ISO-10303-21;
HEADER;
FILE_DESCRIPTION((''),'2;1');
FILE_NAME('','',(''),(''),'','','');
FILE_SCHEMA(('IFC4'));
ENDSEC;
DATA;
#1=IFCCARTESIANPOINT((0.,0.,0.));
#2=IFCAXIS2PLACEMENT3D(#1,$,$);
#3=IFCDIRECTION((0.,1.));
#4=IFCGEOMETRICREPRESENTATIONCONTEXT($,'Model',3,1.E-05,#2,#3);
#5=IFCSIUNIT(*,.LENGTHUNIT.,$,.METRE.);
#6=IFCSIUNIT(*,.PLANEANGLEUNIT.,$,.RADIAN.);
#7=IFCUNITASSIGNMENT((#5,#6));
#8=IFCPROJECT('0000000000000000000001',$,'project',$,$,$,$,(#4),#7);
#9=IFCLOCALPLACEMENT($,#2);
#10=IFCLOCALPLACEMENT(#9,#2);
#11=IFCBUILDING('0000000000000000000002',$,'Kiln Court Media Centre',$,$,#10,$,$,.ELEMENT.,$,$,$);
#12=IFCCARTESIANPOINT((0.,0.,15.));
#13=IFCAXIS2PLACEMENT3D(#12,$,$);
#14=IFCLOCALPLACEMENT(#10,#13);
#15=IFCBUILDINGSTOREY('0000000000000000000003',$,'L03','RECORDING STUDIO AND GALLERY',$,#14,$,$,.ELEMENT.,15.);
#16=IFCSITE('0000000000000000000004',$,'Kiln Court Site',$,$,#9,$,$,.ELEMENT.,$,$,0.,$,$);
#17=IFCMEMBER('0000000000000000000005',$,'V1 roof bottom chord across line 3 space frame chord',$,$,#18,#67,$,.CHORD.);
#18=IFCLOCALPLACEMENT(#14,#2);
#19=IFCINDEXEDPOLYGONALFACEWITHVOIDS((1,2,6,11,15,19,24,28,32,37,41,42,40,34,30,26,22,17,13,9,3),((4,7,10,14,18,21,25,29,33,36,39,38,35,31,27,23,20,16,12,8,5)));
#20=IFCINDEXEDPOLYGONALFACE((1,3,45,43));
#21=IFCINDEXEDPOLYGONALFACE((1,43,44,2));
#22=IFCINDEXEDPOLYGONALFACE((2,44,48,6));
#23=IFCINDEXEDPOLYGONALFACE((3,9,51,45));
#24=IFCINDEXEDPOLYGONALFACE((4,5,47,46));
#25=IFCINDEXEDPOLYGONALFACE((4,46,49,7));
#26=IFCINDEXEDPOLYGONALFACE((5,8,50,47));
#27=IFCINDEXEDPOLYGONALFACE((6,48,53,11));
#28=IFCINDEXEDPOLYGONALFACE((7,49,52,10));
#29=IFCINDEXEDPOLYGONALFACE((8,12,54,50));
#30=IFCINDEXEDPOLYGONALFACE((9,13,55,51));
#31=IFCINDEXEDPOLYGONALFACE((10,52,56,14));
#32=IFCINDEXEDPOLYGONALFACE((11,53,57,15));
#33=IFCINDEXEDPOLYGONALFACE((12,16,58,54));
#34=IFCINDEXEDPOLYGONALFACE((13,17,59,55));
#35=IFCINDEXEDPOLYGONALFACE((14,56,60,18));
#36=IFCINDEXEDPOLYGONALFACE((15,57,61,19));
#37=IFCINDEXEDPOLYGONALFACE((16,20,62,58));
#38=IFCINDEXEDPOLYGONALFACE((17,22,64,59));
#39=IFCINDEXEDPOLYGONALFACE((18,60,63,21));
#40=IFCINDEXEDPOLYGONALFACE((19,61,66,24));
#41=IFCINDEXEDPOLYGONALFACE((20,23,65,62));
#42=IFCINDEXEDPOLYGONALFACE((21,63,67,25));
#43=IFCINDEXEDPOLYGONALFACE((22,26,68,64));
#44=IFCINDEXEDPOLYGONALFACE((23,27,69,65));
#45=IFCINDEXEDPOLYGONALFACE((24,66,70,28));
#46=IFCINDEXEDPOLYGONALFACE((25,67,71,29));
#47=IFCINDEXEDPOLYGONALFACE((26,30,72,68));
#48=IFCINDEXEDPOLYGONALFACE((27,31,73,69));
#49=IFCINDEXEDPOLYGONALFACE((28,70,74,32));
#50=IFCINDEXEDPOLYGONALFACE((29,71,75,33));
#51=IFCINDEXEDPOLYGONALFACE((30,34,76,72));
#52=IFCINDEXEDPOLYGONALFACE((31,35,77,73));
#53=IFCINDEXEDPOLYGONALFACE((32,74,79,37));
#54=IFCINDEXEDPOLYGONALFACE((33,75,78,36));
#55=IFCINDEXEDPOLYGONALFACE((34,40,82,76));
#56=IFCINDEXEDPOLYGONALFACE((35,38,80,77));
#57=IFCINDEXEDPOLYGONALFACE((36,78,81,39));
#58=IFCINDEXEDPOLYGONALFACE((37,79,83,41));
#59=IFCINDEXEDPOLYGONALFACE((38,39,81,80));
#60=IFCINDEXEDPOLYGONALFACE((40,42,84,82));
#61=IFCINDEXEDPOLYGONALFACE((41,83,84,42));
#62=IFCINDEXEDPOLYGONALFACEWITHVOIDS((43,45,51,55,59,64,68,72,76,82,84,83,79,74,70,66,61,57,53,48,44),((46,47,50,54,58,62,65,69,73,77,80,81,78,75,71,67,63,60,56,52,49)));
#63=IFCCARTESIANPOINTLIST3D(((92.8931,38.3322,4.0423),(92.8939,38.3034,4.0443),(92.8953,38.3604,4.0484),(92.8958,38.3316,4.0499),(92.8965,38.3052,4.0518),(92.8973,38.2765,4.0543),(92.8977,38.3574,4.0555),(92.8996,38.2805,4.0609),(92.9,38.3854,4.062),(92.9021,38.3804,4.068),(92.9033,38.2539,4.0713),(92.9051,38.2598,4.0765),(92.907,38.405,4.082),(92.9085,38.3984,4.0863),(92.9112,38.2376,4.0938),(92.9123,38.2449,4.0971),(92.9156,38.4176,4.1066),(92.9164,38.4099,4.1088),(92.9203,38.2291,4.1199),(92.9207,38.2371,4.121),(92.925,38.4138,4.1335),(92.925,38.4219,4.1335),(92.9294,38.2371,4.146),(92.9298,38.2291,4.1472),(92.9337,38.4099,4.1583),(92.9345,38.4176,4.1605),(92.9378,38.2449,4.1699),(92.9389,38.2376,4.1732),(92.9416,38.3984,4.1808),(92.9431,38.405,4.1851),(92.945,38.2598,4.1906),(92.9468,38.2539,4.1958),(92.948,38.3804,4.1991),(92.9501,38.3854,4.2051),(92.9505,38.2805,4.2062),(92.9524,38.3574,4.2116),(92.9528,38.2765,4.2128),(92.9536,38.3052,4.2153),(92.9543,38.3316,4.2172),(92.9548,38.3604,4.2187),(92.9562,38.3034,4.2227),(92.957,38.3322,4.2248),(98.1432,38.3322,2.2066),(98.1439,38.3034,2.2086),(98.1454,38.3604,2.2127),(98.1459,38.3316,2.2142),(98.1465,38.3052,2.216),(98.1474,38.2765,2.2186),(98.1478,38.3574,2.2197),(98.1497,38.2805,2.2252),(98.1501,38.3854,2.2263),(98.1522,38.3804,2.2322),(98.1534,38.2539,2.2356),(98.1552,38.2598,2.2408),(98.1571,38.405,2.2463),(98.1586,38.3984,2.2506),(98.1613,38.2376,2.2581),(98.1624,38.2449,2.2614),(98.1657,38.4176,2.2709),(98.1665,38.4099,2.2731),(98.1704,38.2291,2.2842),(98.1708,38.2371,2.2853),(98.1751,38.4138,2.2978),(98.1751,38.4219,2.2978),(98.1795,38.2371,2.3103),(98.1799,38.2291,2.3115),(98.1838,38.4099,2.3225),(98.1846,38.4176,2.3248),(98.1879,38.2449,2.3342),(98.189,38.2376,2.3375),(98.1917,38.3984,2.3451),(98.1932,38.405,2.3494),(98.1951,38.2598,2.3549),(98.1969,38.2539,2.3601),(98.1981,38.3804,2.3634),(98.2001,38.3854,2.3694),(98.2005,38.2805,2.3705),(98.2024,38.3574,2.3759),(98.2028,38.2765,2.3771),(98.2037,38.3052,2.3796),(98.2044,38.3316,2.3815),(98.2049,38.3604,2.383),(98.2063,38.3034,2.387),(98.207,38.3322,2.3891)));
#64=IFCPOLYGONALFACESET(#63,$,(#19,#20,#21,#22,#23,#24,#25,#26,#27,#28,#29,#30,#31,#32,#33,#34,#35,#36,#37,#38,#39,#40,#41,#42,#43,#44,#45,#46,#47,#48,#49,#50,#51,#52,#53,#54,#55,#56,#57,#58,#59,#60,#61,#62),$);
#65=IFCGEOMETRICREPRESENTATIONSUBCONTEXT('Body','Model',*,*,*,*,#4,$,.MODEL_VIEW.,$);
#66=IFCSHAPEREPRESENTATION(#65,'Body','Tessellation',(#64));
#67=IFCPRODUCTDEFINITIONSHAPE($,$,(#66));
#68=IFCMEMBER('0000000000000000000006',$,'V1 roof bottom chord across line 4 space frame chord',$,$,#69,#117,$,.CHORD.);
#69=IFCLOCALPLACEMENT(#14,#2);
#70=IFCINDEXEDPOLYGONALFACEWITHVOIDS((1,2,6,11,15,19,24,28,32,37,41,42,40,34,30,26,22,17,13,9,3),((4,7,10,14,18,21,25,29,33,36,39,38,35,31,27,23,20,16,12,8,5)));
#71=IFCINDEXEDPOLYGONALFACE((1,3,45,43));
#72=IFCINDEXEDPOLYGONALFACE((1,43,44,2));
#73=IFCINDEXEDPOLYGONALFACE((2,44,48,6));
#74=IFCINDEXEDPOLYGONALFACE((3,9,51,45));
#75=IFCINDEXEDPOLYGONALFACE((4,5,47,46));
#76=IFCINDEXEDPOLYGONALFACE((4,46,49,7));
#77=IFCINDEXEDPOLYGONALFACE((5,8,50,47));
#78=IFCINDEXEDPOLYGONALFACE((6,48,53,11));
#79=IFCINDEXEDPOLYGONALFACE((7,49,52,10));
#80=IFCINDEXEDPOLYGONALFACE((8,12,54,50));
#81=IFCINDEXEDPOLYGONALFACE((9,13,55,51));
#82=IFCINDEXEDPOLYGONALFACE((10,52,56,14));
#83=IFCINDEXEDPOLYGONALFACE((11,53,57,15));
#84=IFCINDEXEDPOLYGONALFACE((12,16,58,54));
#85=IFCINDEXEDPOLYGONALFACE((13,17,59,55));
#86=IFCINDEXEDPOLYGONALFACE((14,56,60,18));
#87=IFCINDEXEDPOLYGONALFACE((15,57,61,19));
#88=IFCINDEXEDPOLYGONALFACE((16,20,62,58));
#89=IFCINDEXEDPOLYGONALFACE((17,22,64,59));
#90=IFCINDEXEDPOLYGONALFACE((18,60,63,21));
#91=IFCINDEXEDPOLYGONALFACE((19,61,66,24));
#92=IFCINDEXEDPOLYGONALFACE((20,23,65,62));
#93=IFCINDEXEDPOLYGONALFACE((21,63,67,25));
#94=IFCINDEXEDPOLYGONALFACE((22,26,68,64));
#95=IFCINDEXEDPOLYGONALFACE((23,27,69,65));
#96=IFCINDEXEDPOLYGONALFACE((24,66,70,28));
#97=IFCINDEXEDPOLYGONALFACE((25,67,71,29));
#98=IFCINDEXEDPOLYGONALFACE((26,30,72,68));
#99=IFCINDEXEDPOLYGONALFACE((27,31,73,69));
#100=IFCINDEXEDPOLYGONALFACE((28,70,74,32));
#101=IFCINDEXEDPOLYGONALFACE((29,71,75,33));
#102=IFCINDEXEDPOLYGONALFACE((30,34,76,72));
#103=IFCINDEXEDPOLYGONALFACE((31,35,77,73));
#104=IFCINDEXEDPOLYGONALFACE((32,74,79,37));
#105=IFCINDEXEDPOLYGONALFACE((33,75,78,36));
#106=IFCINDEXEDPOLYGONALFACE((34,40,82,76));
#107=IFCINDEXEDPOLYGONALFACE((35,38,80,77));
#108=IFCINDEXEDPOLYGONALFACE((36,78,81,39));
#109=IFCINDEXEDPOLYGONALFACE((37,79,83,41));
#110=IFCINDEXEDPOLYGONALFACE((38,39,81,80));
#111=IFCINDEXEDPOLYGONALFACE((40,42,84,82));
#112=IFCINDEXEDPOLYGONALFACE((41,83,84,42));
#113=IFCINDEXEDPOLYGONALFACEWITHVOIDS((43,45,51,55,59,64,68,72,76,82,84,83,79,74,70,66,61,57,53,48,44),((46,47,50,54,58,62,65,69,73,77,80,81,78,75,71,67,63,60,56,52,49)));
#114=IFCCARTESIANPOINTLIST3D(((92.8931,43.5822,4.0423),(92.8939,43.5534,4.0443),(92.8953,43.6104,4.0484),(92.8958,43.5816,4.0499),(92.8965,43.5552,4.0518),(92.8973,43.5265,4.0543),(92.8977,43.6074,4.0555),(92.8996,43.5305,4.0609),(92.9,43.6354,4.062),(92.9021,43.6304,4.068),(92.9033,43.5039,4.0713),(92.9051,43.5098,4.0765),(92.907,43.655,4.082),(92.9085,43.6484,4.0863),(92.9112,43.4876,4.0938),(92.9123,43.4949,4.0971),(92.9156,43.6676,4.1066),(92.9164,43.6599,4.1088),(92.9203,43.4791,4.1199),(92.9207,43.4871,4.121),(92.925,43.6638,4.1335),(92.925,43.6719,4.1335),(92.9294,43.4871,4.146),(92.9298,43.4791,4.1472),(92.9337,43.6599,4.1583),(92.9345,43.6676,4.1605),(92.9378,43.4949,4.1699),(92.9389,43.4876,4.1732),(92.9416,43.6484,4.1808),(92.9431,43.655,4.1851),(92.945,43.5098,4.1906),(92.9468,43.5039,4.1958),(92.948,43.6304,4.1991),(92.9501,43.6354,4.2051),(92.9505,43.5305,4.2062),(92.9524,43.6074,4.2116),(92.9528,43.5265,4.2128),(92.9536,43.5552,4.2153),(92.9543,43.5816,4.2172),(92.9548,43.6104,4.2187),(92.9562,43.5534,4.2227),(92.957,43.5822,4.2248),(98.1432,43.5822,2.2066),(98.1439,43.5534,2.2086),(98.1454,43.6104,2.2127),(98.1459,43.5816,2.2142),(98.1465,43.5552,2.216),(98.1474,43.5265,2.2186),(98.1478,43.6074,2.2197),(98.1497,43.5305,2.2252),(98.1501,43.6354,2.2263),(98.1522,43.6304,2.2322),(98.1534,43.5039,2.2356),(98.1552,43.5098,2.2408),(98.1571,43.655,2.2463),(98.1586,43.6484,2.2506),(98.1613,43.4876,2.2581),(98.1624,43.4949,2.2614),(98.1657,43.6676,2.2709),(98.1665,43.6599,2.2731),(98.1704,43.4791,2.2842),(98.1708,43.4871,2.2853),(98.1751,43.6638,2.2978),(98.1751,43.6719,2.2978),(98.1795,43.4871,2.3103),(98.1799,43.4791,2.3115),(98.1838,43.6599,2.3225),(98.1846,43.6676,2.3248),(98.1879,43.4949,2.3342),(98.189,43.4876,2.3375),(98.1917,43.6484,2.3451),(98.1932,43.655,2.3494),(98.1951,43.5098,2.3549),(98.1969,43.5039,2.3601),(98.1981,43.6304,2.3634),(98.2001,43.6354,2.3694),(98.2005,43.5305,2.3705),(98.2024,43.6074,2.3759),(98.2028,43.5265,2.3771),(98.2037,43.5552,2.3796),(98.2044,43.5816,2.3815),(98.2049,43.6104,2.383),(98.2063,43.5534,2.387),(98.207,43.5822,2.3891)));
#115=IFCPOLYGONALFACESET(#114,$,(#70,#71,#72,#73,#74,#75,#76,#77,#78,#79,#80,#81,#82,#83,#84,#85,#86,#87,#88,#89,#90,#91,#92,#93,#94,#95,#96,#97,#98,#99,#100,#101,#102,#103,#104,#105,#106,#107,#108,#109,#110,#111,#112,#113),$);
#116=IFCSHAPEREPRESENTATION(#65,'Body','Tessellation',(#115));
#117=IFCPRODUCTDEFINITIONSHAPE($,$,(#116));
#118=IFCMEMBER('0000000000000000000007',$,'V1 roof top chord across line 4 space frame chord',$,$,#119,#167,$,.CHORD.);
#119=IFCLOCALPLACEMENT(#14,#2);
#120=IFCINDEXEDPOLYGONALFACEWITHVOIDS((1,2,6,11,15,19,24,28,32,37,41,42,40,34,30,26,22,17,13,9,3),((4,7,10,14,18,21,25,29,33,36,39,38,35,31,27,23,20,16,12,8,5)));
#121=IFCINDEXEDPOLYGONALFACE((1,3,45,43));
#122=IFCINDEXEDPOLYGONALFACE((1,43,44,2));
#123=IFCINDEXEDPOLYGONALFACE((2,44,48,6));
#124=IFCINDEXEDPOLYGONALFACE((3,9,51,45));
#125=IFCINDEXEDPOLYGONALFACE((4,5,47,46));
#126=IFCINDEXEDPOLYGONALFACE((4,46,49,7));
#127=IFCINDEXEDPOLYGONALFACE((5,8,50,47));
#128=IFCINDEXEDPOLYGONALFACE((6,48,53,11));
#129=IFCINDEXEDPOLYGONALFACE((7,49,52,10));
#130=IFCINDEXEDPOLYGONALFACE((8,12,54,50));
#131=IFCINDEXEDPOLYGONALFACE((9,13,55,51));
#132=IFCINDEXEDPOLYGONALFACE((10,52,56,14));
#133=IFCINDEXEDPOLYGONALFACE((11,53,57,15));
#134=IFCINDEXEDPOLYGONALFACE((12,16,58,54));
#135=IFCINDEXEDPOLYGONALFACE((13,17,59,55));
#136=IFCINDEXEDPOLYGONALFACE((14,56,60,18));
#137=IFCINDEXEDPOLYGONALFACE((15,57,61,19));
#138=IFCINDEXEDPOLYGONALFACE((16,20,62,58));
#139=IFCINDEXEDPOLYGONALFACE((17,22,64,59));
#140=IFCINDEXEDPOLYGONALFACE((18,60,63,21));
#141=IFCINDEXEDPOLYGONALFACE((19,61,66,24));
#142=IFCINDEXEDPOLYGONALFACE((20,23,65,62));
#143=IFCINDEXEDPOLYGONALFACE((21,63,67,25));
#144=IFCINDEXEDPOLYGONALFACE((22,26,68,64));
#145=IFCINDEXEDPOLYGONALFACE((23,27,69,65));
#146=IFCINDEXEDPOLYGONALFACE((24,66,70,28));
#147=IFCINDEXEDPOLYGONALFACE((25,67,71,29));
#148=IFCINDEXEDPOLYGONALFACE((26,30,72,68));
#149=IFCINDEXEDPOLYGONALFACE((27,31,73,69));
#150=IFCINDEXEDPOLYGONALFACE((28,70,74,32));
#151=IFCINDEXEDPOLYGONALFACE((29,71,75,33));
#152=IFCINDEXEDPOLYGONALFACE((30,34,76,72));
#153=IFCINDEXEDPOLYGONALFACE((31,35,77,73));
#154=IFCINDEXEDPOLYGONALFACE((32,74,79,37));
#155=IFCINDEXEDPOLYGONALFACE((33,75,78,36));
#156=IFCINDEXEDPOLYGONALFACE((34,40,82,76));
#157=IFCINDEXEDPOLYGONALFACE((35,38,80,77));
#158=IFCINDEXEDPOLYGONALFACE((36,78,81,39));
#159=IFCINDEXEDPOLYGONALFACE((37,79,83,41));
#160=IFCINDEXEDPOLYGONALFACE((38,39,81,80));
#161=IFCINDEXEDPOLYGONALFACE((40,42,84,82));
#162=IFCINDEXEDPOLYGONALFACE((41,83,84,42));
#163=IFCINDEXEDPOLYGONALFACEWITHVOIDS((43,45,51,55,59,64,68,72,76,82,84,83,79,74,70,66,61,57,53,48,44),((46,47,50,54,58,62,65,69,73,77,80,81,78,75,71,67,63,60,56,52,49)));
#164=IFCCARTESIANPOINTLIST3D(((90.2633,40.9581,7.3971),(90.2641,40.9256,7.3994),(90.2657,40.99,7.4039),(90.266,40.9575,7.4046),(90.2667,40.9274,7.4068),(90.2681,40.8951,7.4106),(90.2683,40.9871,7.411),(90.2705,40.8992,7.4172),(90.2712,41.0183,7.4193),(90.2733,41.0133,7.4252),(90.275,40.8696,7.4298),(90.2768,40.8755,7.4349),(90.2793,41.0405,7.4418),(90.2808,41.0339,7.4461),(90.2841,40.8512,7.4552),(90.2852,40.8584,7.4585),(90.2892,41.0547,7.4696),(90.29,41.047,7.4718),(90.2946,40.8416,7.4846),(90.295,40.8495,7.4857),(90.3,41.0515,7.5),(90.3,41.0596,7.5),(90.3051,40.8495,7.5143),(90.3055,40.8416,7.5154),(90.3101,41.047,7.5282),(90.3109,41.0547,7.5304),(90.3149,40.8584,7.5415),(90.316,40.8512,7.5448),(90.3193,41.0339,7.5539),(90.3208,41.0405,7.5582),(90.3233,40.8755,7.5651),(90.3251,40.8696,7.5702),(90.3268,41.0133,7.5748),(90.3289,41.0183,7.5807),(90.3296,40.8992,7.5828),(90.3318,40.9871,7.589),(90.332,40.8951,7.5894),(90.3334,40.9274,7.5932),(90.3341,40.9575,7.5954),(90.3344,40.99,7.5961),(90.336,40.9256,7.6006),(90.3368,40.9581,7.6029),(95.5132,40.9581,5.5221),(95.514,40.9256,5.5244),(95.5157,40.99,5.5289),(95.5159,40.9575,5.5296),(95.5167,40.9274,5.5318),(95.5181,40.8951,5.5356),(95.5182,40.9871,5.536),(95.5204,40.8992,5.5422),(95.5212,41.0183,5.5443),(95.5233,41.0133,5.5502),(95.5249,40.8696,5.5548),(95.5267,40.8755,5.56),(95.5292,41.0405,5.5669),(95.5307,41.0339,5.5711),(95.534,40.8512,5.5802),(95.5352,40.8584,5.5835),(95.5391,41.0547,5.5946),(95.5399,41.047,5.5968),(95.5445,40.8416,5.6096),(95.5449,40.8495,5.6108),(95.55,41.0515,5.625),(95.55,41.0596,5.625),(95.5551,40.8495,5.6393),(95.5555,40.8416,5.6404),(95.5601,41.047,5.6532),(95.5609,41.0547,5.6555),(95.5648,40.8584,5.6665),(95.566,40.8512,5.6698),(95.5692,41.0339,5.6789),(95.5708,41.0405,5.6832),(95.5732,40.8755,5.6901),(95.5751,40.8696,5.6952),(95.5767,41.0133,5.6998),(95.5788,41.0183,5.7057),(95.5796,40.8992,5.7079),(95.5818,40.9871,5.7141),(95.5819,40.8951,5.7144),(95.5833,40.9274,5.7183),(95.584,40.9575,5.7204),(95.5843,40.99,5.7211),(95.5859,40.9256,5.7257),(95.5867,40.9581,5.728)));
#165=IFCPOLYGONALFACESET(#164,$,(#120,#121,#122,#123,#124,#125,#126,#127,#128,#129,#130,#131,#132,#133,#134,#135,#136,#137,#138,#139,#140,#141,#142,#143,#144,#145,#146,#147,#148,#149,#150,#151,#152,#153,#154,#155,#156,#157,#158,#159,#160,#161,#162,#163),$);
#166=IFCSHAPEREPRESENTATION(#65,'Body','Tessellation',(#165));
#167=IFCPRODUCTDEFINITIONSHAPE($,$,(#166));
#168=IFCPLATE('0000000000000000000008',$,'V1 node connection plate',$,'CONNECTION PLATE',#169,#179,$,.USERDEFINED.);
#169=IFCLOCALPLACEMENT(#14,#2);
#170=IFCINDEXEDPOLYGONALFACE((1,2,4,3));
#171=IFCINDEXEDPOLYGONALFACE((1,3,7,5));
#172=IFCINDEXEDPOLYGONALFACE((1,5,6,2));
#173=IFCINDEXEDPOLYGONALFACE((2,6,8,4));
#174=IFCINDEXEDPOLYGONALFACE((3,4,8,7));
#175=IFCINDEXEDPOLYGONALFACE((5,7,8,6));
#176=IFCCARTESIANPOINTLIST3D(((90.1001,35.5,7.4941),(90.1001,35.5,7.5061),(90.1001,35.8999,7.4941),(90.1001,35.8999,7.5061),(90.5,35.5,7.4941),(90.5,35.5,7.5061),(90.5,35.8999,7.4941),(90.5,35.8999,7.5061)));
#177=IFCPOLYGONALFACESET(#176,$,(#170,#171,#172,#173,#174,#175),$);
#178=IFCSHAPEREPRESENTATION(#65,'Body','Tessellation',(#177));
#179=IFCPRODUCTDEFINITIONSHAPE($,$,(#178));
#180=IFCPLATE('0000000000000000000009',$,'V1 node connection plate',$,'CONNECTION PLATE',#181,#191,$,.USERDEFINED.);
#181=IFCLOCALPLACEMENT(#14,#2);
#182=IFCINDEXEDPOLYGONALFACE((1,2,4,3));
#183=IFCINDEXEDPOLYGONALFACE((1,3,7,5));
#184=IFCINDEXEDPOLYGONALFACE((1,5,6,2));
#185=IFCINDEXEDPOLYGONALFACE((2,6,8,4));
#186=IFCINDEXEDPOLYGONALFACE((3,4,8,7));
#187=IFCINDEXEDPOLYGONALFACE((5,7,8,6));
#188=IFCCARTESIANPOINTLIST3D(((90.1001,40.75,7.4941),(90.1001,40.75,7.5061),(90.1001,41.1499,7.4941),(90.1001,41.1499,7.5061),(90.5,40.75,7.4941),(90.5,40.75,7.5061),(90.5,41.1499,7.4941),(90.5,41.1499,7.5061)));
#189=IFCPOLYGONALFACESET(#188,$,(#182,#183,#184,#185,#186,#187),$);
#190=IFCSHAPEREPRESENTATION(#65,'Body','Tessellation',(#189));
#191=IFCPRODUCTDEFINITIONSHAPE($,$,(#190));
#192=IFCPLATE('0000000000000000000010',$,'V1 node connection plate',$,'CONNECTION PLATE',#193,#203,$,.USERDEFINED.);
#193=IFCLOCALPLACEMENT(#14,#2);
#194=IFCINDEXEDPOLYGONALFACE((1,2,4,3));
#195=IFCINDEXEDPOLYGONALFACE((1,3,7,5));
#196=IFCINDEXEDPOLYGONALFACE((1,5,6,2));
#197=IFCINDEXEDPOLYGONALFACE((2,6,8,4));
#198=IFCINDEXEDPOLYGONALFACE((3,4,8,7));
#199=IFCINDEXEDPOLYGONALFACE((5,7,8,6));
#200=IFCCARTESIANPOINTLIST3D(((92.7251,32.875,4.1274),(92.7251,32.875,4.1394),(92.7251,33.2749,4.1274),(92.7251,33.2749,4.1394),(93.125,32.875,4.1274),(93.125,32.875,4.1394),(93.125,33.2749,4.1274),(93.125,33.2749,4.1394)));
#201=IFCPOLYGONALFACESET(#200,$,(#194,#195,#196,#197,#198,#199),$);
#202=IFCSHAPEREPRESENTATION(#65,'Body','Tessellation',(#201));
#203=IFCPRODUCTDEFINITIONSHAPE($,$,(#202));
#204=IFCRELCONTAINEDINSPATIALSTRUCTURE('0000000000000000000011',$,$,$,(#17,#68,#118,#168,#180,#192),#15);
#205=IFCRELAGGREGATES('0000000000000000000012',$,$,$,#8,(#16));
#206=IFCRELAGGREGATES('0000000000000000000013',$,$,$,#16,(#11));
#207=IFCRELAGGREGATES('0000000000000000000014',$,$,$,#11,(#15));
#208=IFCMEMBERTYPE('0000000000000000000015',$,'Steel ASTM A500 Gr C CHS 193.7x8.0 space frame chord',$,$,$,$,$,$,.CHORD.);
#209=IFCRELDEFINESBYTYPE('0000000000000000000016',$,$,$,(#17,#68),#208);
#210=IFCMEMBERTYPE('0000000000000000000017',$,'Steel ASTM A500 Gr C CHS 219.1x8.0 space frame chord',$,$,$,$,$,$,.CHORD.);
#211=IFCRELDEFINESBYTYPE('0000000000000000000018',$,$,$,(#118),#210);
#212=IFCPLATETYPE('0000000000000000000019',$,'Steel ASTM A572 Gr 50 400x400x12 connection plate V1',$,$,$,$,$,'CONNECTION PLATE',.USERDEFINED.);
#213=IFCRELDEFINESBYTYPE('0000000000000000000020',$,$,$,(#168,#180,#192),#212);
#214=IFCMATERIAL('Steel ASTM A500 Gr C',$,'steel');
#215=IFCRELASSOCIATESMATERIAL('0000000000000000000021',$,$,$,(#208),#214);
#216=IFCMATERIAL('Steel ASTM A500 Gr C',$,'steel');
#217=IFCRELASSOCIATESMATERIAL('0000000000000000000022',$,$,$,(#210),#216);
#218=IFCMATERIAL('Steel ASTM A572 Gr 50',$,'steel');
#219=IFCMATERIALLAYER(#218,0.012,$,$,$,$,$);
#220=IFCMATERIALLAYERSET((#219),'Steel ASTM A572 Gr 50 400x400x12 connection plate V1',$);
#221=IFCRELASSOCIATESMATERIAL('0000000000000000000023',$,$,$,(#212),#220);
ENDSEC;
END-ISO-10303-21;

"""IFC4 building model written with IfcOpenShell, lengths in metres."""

from ifc_helpers import new_model, si_unit, direction, frame, origin, origin_2d, place, context, subcontext, project, spatial, rectangle, hollow_circle, extrude, material, layer, layer_set, material_profile, profile_set, type_object, element, save


model = new_model("IFC4")

# Units and contexts
model_context = context("Model", 3, precision=1e-05, world=origin(), true_north=direction((0.0, 1.0)))
body_context = subcontext(model_context, "Body", "Model", "MODEL_VIEW")
ifc_project = project(units=[si_unit("LENGTHUNIT", "METRE"), si_unit("PLANEANGLEUNIT", "RADIAN")], contexts=[model_context])

# Site, building, storey
site_placement = place(None, origin())
site = spatial("IfcSite", under=ifc_project, at=site_placement, Name="Kiln Court Site", CompositionType="ELEMENT", RefElevation=0.0)
building_placement = place(site_placement, origin())
building = spatial("IfcBuilding", under=site, at=building_placement, Name="Kiln Court Media Centre", CompositionType="ELEMENT")
storey_placement = place(building_placement, frame((0.0, 0.0, 15.0)))
storey = spatial("IfcBuildingStorey", under=building, at=storey_placement, Name="L03", Description="RECORDING STUDIO AND GALLERY", CompositionType="ELEMENT", Elevation=15.0)

# Members
ifc_material_1 = material(Name="Steel ASTM A500 Gr C", Category="steel")
ifc_material_profile_1 = material_profile(ifc_material_1, hollow_circle(Radius=0.0969, WallThickness=0.0081, at=origin_2d()), Name="CHS 193.7x8.0")
ifc_profile_set_1 = profile_set([ifc_material_profile_1], Name="Steel ASTM A500 Gr C")
member_type_1 = type_object("IfcMemberType", Name="Steel ASTM A500 Gr C CHS 193.7x8.0 space frame chord", PredefinedType="CHORD", material=ifc_profile_set_1)
for number, where, z_axis, x_axis, name in (
    (1, (92.925, 38.325, 4.1335), (0.94396, 0.0, -0.330061), (0.0, 1.0, 0.0), "V1 roof bottom chord across line 3 space frame chord"),
    (2, (92.925, 43.575, 4.1335), (0.94396, 0.0, -0.330061), (0.0, 1.0, 0.0), "V1 roof bottom chord across line 4 space frame chord"),
):
    element("IfcMember", number, at=place(storey_placement, frame(where, z_axis=z_axis, x_axis=x_axis)), inside=storey, type_object=member_type_1, Name=name, PredefinedType="CHORD", context=body_context, shape_type="SweptSolid", body=[
        extrude(hollow_circle(Radius=0.0969, WallThickness=0.0081, at=origin_2d()), origin(), (0.0, 0.0, 1.0), 5.5618),
    ])
ifc_material_2 = material(Name="Steel ASTM A500 Gr C", Category="steel")
ifc_material_profile_2 = material_profile(ifc_material_2, hollow_circle(Radius=0.1096, WallThickness=0.0081, at=origin_2d()), Name="CHS 219.1x8.0")
ifc_profile_set_2 = profile_set([ifc_material_profile_2], Name="Steel ASTM A500 Gr C")
member_type_2 = type_object("IfcMemberType", Name="Steel ASTM A500 Gr C CHS 219.1x8.0 space frame chord", PredefinedType="CHORD", material=ifc_profile_set_2)
member_1_placement = place(storey_placement, frame((90.3, 40.95, 7.5), z_axis=(0.941742, 0.0, -0.336336), x_axis=(0.0, 1.0, 0.0)))
element("IfcMember", 3, at=member_1_placement, inside=storey, type_object=member_type_2, Name="V1 roof top chord across line 4 space frame chord", PredefinedType="CHORD", context=body_context, shape_type="SweptSolid", body=[
    extrude(hollow_circle(Radius=0.1096, WallThickness=0.0081, at=origin_2d()), origin(), (0.0, 0.0, 1.0), 5.5747),
])

# Plates
ifc_material_3 = material(Name="Steel ASTM A572 Gr 50", Category="steel")
ifc_layer_1 = layer(ifc_material_3, 0.012)
ifc_layer_set_1 = layer_set([ifc_layer_1], Name="Steel ASTM A572 Gr 50 400x400x12 connection plate V1")
plate_type = type_object("IfcPlateType", Name="Steel ASTM A572 Gr 50 400x400x12 connection plate V1", ElementType="CONNECTION PLATE", PredefinedType="USERDEFINED", material=ifc_layer_set_1)
for number, where, z_axis, x_axis, name in (
    (4, (90.3, 35.7, 7.4941), (0.0, 0.0, 1.0), (1.0, 0.0, 0.0), "V1 node connection plate"),
    (5, (90.3, 40.95, 7.4941), (0.0, 0.0, 1.0), (1.0, 0.0, 0.0), "V1 node connection plate"),
    (6, (92.925, 33.075, 4.1274), (0.0, 0.0, 1.0), (1.0, 0.0, 0.0), "V1 node connection plate"),
):
    element("IfcPlate", number, at=place(storey_placement, frame(where, z_axis=z_axis, x_axis=x_axis)), inside=storey, type_object=plate_type, Name=name, ObjectType="CONNECTION PLATE", PredefinedType="USERDEFINED", context=body_context, shape_type="SweptSolid", body=[
        extrude(rectangle(XDim=0.3999, YDim=0.3999, at=origin_2d()), origin(), (0.0, 0.0, 1.0), 0.012),
    ])

save(model, "model.ifc")
